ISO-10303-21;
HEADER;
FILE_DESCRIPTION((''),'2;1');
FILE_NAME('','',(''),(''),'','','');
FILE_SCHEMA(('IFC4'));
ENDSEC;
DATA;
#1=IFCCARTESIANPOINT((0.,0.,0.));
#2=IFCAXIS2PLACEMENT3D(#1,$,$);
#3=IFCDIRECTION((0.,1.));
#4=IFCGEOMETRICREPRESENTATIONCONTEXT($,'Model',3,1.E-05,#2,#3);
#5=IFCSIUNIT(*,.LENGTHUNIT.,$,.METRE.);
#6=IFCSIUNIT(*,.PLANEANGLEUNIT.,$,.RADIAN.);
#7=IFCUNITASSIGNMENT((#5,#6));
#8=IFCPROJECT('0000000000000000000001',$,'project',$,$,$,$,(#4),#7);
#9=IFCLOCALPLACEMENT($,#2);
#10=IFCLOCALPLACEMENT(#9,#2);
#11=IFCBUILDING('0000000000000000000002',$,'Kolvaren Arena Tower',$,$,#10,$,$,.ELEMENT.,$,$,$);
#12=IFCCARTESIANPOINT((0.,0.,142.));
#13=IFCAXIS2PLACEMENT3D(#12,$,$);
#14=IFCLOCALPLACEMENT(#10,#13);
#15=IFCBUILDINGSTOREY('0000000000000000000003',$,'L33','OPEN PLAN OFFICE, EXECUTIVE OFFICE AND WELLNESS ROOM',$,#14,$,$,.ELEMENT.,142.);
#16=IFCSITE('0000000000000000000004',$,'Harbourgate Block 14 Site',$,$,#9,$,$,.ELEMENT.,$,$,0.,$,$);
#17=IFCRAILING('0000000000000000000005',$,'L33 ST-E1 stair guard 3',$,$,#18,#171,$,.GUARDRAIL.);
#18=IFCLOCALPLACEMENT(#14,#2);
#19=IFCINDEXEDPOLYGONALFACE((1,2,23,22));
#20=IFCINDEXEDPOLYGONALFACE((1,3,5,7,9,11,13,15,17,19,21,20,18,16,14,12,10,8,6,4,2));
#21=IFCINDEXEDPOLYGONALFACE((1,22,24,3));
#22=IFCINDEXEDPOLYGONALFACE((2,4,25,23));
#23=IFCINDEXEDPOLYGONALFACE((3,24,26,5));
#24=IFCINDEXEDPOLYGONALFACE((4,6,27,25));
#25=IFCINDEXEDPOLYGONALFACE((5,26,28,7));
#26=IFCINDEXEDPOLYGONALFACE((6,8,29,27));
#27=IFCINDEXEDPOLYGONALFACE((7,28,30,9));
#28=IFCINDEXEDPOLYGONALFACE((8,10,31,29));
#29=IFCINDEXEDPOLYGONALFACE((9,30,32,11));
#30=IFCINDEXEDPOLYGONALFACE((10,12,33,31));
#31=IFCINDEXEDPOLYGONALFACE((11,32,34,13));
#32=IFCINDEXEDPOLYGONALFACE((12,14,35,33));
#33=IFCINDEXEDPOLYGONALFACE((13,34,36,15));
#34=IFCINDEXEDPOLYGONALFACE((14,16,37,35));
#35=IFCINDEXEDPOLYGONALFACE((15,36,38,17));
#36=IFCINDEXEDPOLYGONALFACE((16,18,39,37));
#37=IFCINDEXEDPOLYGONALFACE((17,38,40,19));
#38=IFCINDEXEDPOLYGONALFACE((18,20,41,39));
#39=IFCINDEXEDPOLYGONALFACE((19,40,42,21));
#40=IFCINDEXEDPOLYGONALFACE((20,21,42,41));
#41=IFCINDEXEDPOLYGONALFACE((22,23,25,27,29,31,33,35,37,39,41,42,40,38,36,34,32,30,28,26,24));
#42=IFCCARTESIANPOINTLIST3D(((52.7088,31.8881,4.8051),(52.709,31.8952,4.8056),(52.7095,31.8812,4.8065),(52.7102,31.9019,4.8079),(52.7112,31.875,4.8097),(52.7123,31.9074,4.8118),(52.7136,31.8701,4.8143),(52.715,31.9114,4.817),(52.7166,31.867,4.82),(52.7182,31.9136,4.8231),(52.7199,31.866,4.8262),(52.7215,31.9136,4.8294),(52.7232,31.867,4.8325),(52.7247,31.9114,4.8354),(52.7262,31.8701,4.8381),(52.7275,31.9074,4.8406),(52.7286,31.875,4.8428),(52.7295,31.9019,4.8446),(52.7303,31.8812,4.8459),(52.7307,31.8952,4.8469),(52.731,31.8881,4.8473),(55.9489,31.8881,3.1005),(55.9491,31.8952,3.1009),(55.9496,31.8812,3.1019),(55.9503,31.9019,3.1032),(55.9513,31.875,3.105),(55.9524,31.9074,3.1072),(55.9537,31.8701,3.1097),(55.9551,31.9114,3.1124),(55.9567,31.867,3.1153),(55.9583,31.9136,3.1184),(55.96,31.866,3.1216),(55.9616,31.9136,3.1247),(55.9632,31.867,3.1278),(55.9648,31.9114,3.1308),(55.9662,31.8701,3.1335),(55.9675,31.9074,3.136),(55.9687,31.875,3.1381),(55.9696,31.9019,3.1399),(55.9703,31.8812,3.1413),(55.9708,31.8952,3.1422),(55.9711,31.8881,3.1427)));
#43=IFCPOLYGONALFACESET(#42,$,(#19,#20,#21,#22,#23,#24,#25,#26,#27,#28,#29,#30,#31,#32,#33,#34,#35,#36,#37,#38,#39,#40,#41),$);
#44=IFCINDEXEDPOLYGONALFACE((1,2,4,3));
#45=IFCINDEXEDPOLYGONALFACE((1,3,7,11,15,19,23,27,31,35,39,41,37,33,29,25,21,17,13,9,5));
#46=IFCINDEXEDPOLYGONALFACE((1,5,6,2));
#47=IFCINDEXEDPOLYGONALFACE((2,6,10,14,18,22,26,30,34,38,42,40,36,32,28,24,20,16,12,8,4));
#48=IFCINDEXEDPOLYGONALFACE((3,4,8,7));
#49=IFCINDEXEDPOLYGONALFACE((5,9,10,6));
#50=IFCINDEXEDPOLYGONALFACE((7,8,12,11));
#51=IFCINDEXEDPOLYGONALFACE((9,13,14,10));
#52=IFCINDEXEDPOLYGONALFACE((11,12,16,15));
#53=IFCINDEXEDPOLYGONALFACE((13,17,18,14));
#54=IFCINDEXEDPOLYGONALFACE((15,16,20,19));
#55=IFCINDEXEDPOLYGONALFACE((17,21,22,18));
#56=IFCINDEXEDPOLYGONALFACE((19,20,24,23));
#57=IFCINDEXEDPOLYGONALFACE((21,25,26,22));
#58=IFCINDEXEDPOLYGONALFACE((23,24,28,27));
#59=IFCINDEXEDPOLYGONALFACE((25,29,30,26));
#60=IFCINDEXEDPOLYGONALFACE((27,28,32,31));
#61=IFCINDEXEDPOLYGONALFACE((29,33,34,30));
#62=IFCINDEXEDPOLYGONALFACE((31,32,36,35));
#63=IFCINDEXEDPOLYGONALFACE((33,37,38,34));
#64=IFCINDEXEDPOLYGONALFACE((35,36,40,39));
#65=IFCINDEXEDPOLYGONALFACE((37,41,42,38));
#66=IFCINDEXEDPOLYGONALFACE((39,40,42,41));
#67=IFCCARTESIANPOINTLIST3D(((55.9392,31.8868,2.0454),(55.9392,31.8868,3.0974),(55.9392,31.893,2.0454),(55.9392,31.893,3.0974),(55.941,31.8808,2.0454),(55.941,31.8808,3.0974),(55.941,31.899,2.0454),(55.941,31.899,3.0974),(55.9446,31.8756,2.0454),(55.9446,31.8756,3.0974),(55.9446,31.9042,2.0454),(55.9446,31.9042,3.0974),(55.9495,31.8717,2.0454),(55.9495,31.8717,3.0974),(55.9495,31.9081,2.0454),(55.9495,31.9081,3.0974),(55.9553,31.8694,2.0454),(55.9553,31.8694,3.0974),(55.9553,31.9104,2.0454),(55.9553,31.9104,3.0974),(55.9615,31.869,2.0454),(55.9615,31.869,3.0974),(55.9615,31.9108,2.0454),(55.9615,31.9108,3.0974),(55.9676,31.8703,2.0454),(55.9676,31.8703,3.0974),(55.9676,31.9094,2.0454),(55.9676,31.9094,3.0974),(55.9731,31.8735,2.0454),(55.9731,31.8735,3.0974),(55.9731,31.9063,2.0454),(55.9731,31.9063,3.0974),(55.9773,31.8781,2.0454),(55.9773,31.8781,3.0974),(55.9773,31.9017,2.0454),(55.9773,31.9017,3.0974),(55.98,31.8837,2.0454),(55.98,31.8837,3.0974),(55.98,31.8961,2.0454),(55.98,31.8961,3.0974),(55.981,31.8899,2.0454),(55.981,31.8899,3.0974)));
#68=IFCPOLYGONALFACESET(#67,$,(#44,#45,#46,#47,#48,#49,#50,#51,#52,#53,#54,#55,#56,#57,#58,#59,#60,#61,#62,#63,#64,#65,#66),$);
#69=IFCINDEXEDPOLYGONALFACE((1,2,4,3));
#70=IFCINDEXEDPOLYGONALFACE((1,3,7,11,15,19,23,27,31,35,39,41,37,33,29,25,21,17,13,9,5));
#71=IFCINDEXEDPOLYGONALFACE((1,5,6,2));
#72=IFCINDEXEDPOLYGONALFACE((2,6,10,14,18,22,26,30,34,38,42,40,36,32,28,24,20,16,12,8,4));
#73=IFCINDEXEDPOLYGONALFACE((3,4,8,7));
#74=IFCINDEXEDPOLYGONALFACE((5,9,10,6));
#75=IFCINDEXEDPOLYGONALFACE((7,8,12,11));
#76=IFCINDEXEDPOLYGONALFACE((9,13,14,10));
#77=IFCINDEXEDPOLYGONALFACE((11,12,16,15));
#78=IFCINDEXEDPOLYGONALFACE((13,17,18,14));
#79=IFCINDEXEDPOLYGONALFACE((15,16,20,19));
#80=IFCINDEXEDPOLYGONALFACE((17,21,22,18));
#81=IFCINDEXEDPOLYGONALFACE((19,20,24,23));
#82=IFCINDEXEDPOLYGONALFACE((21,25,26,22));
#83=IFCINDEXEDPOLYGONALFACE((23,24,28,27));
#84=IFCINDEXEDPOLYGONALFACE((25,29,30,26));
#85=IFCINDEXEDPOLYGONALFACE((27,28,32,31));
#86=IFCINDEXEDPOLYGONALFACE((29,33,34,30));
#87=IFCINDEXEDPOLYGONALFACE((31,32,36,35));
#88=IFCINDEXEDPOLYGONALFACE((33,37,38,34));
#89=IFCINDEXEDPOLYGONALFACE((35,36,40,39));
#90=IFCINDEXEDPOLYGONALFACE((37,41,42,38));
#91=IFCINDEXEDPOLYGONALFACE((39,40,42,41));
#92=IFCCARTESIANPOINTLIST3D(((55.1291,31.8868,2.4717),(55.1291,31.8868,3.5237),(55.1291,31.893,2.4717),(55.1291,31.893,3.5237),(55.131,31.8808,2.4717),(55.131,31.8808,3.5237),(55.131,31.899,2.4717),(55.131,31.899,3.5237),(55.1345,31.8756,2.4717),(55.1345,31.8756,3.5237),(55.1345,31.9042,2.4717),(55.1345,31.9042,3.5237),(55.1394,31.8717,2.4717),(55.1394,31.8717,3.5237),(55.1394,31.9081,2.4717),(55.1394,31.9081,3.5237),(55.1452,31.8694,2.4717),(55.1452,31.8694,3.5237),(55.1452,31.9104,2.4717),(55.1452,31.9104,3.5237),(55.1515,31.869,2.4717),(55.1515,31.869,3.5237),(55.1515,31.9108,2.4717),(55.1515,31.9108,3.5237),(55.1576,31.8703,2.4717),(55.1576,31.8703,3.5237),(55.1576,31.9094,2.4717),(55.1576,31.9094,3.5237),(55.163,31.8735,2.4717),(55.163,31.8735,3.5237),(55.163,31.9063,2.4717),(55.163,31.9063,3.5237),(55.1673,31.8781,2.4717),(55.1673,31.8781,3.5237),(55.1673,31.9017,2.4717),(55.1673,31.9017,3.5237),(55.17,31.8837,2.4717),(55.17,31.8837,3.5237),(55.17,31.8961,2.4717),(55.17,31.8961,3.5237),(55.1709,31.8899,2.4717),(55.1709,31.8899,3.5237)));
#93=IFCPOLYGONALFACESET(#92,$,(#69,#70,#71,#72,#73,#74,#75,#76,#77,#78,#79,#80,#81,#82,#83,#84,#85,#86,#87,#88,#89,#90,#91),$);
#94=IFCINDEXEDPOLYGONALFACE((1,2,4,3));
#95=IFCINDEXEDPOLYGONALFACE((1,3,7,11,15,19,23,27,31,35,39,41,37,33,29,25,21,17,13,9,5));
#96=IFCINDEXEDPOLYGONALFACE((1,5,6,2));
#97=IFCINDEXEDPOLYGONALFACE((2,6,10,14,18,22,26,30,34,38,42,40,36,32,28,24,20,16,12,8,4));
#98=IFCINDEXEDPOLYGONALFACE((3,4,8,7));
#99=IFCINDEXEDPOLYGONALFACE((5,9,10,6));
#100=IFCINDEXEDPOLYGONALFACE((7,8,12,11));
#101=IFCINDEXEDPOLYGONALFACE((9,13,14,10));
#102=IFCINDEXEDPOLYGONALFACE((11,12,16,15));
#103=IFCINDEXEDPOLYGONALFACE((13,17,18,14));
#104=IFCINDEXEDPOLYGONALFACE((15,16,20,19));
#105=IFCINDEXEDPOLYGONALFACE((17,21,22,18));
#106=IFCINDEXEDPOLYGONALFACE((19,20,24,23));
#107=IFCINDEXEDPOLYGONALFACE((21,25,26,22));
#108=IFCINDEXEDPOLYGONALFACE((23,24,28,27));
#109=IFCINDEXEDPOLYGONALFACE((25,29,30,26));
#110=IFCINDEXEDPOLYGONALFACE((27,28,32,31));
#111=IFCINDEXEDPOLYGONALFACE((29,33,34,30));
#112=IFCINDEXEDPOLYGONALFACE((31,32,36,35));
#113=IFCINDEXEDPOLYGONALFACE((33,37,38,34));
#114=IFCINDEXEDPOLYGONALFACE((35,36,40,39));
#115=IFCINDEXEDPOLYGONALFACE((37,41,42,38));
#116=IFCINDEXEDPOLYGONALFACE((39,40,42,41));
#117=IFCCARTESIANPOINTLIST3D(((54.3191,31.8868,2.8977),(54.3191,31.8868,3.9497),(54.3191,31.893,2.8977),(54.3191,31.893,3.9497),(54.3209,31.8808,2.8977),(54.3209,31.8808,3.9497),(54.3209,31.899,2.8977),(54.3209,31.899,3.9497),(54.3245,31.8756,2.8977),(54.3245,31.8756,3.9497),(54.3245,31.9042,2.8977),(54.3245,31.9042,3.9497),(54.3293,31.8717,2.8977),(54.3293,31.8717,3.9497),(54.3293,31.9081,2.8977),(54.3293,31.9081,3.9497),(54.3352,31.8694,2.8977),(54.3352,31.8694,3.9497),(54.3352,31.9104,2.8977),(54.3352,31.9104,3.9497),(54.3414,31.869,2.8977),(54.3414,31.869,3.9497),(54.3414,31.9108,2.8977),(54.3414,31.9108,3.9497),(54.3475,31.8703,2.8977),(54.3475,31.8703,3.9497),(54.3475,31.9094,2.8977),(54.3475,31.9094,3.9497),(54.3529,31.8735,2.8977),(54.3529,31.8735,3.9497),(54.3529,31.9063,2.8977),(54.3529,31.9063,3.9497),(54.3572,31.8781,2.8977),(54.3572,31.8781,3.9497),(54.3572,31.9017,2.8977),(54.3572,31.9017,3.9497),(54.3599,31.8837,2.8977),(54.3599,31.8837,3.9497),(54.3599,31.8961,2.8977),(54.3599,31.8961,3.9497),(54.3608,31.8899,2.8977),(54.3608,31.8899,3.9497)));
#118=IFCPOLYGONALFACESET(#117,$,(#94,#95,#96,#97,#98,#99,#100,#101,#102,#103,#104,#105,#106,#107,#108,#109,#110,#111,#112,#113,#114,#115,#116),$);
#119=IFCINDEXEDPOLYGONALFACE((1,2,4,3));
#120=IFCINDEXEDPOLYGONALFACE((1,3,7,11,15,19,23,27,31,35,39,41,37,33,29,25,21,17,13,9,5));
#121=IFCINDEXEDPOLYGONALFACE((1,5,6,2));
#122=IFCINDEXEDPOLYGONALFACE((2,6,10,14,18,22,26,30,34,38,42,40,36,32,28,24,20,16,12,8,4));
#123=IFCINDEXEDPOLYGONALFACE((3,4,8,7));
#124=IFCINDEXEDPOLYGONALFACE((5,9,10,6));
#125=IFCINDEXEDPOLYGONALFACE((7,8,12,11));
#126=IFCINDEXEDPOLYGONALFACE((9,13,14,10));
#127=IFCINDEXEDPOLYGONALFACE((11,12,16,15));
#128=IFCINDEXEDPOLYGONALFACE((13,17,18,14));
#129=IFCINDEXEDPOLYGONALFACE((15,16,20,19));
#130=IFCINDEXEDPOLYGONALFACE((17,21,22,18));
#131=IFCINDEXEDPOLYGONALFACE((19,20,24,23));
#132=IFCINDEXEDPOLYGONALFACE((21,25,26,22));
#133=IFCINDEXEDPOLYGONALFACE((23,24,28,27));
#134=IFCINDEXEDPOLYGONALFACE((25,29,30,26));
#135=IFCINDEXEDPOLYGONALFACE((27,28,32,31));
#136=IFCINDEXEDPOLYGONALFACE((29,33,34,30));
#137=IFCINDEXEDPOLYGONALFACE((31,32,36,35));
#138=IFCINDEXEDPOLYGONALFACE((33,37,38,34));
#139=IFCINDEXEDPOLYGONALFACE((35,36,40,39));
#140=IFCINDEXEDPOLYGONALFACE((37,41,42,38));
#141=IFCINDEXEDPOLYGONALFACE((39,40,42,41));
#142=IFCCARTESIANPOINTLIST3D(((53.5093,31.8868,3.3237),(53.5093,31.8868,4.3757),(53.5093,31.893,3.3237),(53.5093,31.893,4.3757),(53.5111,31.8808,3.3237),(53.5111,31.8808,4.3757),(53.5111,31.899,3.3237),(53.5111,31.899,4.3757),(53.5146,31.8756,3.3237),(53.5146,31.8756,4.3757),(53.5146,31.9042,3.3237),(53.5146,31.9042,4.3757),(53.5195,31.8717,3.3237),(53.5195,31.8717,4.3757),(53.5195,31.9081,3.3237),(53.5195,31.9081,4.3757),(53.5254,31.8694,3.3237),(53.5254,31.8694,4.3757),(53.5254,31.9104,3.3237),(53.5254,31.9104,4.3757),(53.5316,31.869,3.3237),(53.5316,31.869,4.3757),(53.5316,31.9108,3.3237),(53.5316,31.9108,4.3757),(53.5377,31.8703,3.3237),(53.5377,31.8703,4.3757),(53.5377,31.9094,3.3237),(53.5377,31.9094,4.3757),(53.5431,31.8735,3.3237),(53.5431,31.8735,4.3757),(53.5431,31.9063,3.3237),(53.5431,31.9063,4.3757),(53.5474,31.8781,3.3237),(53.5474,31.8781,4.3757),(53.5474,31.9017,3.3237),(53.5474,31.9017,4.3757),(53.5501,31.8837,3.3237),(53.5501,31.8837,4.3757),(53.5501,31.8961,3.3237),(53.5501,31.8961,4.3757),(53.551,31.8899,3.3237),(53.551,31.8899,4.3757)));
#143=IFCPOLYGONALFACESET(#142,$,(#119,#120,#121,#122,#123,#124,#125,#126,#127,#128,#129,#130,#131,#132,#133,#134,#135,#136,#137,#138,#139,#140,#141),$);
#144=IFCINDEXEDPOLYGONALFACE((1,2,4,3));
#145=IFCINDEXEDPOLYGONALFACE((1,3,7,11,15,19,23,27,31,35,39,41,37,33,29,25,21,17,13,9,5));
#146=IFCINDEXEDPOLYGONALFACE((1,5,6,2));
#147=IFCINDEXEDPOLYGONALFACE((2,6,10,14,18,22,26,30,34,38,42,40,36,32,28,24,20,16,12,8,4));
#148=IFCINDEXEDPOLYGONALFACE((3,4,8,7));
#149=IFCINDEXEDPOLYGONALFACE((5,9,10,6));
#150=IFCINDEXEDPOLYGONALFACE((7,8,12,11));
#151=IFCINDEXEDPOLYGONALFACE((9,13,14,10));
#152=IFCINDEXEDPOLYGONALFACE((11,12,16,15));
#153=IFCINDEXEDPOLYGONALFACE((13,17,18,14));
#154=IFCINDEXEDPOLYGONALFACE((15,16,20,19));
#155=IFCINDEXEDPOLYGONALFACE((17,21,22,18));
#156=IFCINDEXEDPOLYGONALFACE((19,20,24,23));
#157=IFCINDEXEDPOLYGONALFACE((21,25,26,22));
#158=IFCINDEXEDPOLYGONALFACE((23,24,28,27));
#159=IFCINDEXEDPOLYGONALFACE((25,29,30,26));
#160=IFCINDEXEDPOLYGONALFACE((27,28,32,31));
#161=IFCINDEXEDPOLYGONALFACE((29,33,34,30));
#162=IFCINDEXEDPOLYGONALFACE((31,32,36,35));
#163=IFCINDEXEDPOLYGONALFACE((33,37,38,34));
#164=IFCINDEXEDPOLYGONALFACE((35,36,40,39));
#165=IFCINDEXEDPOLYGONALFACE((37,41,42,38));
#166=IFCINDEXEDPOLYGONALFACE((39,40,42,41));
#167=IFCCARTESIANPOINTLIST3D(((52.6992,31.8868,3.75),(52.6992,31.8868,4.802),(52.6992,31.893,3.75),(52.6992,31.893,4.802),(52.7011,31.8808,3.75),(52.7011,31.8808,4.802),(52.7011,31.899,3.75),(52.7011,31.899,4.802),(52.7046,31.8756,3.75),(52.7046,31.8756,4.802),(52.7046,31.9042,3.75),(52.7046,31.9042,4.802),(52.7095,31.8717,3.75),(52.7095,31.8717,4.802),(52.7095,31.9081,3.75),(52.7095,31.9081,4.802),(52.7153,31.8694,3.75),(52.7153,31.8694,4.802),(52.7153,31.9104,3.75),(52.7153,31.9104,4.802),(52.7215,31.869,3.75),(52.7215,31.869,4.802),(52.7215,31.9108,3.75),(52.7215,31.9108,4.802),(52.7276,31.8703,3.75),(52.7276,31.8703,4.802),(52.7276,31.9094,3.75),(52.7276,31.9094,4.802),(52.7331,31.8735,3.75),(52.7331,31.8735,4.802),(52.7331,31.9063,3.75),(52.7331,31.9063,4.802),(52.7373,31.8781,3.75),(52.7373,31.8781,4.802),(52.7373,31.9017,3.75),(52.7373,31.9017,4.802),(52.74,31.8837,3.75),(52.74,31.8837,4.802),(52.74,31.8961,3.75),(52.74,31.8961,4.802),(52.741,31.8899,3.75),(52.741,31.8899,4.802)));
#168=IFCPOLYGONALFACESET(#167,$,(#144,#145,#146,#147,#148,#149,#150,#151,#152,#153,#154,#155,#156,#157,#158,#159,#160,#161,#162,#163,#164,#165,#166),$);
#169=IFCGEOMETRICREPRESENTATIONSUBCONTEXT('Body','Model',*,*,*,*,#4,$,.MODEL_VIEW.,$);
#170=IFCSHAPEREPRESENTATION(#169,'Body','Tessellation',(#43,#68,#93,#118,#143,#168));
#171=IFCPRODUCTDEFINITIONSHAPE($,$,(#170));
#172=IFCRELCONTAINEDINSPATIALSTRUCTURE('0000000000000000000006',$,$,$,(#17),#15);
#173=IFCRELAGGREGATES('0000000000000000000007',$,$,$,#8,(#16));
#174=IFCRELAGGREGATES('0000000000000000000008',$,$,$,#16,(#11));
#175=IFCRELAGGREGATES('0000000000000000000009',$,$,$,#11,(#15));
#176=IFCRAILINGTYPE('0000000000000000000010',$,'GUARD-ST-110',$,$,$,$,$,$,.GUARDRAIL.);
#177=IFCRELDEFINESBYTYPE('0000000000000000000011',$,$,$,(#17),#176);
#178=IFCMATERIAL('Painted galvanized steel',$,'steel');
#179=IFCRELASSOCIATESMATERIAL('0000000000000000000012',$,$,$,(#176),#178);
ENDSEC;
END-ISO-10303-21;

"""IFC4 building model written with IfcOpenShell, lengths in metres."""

from ifc_helpers import new_model, si_unit, direction, frame, origin, origin_2d, place, context, subcontext, project, spatial, circle, extrude, material, type_object, element, save


model = new_model("IFC4")

# Units and contexts
model_context = context("Model", 3, precision=1e-05, world=origin(), true_north=direction((0.0, 1.0)))
body_context = subcontext(model_context, "Body", "Model", "MODEL_VIEW")
ifc_project = project(units=[si_unit("LENGTHUNIT", "METRE"), si_unit("PLANEANGLEUNIT", "RADIAN")], contexts=[model_context])

# Site, building, storey
site_placement = place(None, origin())
site = spatial("IfcSite", under=ifc_project, at=site_placement, Name="Harbourgate Block 14 Site", CompositionType="ELEMENT", RefElevation=0.0)
building_placement = place(site_placement, origin())
building = spatial("IfcBuilding", under=site, at=building_placement, Name="Kolvaren Arena Tower", CompositionType="ELEMENT")
storey_placement = place(building_placement, frame((0.0, 0.0, 142.0)))
storey = spatial("IfcBuildingStorey", under=building, at=storey_placement, Name="L33", Description="OPEN PLAN OFFICE, EXECUTIVE OFFICE AND WELLNESS ROOM", CompositionType="ELEMENT", Elevation=142.0)

# Railing
ifc_material_1 = material(Name="Painted galvanized steel", Category="steel")
railing_type_1 = type_object("IfcRailingType", Name="GUARD-ST-110", PredefinedType="GUARDRAIL", material=ifc_material_1)
railing_1_placement = place(storey_placement, frame((55.96, 31.8899, 2.0454)))
element("IfcRailing", 1, at=railing_1_placement, inside=storey, type_object=railing_type_1, Name="L33 ST-E1 stair guard 3", PredefinedType="GUARDRAIL", context=body_context, shape_type="SweptSolid", body=[
    extrude(circle(Radius=0.0239, at=origin_2d()), frame((0.0, 0.0, 1.0762), z_axis=(-0.884993, 0.0, 0.465604), x_axis=(0.0, -1.0, 0.0)), (0.0, 0.0, 1.0), 3.6611),
    extrude(circle(Radius=0.021, at=origin_2d()), origin(), (0.0, 0.0, 1.0), 1.052),
    extrude(circle(Radius=0.021, at=origin_2d()), frame((-0.8101, 0.0, 0.4263)), (0.0, 0.0, 1.0), 1.052),
    extrude(circle(Radius=0.021, at=origin_2d()), frame((-1.6201, 0.0, 0.8523)), (0.0, 0.0, 1.0), 1.052),
    extrude(circle(Radius=0.021, at=origin_2d()), frame((-2.4299, 0.0, 1.2783)), (0.0, 0.0, 1.0), 1.052),
    extrude(circle(Radius=0.021, at=origin_2d()), frame((-3.24, 0.0, 1.7046)), (0.0, 0.0, 1.0), 1.052),
])

save(model, "model.ifc")
